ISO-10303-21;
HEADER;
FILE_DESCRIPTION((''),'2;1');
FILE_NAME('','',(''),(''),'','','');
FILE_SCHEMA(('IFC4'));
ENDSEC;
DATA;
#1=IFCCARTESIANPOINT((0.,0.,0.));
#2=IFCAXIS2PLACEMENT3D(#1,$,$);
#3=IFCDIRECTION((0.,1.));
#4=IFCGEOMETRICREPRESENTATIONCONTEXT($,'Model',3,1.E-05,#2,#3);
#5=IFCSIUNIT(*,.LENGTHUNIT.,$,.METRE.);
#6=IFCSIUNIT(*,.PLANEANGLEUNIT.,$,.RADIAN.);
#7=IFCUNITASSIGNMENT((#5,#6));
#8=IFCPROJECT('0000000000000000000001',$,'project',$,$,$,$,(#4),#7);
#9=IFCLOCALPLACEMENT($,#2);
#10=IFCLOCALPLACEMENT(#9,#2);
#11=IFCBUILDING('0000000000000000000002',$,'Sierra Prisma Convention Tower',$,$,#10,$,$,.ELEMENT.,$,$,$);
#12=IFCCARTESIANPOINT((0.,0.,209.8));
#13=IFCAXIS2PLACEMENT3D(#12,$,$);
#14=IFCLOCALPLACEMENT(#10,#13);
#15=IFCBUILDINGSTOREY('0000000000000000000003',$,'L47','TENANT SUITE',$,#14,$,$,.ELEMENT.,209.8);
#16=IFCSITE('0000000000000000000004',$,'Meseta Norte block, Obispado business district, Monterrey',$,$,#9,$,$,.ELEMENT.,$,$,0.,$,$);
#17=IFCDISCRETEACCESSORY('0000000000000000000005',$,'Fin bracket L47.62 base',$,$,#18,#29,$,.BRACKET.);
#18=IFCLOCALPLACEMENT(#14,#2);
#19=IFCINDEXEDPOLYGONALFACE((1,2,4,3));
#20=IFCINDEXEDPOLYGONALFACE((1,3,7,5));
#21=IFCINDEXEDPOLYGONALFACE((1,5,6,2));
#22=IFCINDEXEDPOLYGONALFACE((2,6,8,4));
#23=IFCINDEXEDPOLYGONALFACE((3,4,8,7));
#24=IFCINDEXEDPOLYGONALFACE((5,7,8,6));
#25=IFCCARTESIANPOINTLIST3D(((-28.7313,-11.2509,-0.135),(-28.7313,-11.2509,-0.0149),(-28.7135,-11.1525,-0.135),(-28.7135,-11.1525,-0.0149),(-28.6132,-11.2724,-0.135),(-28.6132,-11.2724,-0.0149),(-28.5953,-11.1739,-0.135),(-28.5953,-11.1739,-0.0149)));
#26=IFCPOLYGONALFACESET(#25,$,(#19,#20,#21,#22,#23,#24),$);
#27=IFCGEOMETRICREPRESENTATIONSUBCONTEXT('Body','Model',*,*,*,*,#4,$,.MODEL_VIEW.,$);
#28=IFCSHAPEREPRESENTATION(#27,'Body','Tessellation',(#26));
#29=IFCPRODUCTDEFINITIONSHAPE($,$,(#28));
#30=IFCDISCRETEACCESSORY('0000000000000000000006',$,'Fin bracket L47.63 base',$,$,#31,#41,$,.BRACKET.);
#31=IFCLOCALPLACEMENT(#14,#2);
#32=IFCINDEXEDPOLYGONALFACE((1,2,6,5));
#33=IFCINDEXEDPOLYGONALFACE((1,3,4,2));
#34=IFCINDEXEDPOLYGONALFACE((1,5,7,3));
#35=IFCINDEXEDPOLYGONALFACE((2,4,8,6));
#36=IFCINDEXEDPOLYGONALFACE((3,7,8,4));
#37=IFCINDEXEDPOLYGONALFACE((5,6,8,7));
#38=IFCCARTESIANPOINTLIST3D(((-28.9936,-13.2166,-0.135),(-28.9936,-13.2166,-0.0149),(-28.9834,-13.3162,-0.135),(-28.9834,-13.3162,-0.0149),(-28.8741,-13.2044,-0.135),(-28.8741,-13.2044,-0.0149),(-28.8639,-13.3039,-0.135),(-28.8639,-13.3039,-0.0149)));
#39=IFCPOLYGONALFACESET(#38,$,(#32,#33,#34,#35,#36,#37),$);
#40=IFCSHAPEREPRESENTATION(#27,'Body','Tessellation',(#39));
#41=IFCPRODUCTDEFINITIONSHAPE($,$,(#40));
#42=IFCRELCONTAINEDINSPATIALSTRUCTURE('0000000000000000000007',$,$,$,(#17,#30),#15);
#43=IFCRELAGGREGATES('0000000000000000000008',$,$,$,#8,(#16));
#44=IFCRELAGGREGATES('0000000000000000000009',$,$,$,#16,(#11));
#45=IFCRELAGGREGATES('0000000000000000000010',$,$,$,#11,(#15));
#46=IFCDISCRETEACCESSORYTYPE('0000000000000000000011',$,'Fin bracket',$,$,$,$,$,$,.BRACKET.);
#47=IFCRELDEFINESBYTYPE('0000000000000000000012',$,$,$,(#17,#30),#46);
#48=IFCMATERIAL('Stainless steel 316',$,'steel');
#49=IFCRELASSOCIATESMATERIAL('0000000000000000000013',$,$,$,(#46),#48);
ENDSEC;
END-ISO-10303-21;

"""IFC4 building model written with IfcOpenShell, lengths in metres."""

from ifc_helpers import new_model, si_unit, direction, frame, origin, origin_2d, place, context, subcontext, project, spatial, rectangle, extrude, material, type_object, element, save


model = new_model("IFC4")

# Units and contexts
model_context = context("Model", 3, precision=1e-05, world=origin(), true_north=direction((0.0, 1.0)))
body_context = subcontext(model_context, "Body", "Model", "MODEL_VIEW")
ifc_project = project(units=[si_unit("LENGTHUNIT", "METRE"), si_unit("PLANEANGLEUNIT", "RADIAN")], contexts=[model_context])

# Site, building, storey
site_placement = place(None, origin())
site = spatial("IfcSite", under=ifc_project, at=site_placement, Name="Meseta Norte block, Obispado business district, Monterrey", CompositionType="ELEMENT", RefElevation=0.0)
building_placement = place(site_placement, origin())
building = spatial("IfcBuilding", under=site, at=building_placement, Name="Sierra Prisma Convention Tower", CompositionType="ELEMENT")
storey_placement = place(building_placement, frame((0.0, 0.0, 209.8)))
storey = spatial("IfcBuildingStorey", under=building, at=storey_placement, Name="L47", Description="TENANT SUITE", CompositionType="ELEMENT", Elevation=209.8)

# Discrete accessories
ifc_material_1 = material(Name="Stainless steel 316", Category="steel")
discrete_accessory_type = type_object("IfcDiscreteAccessoryType", Name="Fin bracket", PredefinedType="BRACKET", material=ifc_material_1)
for number, where, z_axis, x_axis, name in (
    (1, (-28.6633, -11.2124, -0.135), (0.0, 0.0, 1.0), (-0.983988, 0.178237, 0.0), "Fin bracket L47.62 base"),
    (2, (-28.9287, -13.2603, -0.135), (0.0, 0.0, 1.0), (-0.99481, -0.101746, 0.0), "Fin bracket L47.63 base"),
):
    element("IfcDiscreteAccessory", number, at=place(storey_placement, frame(where, z_axis=z_axis, x_axis=x_axis)), inside=storey, type_object=discrete_accessory_type, Name=name, PredefinedType="BRACKET", context=body_context, shape_type="SweptSolid", body=[
        extrude(rectangle(XDim=0.1201, YDim=0.1001, at=origin_2d()), origin(), (0.0, 0.0, 1.0), 0.1201),
    ])

save(model, "model.ifc")
